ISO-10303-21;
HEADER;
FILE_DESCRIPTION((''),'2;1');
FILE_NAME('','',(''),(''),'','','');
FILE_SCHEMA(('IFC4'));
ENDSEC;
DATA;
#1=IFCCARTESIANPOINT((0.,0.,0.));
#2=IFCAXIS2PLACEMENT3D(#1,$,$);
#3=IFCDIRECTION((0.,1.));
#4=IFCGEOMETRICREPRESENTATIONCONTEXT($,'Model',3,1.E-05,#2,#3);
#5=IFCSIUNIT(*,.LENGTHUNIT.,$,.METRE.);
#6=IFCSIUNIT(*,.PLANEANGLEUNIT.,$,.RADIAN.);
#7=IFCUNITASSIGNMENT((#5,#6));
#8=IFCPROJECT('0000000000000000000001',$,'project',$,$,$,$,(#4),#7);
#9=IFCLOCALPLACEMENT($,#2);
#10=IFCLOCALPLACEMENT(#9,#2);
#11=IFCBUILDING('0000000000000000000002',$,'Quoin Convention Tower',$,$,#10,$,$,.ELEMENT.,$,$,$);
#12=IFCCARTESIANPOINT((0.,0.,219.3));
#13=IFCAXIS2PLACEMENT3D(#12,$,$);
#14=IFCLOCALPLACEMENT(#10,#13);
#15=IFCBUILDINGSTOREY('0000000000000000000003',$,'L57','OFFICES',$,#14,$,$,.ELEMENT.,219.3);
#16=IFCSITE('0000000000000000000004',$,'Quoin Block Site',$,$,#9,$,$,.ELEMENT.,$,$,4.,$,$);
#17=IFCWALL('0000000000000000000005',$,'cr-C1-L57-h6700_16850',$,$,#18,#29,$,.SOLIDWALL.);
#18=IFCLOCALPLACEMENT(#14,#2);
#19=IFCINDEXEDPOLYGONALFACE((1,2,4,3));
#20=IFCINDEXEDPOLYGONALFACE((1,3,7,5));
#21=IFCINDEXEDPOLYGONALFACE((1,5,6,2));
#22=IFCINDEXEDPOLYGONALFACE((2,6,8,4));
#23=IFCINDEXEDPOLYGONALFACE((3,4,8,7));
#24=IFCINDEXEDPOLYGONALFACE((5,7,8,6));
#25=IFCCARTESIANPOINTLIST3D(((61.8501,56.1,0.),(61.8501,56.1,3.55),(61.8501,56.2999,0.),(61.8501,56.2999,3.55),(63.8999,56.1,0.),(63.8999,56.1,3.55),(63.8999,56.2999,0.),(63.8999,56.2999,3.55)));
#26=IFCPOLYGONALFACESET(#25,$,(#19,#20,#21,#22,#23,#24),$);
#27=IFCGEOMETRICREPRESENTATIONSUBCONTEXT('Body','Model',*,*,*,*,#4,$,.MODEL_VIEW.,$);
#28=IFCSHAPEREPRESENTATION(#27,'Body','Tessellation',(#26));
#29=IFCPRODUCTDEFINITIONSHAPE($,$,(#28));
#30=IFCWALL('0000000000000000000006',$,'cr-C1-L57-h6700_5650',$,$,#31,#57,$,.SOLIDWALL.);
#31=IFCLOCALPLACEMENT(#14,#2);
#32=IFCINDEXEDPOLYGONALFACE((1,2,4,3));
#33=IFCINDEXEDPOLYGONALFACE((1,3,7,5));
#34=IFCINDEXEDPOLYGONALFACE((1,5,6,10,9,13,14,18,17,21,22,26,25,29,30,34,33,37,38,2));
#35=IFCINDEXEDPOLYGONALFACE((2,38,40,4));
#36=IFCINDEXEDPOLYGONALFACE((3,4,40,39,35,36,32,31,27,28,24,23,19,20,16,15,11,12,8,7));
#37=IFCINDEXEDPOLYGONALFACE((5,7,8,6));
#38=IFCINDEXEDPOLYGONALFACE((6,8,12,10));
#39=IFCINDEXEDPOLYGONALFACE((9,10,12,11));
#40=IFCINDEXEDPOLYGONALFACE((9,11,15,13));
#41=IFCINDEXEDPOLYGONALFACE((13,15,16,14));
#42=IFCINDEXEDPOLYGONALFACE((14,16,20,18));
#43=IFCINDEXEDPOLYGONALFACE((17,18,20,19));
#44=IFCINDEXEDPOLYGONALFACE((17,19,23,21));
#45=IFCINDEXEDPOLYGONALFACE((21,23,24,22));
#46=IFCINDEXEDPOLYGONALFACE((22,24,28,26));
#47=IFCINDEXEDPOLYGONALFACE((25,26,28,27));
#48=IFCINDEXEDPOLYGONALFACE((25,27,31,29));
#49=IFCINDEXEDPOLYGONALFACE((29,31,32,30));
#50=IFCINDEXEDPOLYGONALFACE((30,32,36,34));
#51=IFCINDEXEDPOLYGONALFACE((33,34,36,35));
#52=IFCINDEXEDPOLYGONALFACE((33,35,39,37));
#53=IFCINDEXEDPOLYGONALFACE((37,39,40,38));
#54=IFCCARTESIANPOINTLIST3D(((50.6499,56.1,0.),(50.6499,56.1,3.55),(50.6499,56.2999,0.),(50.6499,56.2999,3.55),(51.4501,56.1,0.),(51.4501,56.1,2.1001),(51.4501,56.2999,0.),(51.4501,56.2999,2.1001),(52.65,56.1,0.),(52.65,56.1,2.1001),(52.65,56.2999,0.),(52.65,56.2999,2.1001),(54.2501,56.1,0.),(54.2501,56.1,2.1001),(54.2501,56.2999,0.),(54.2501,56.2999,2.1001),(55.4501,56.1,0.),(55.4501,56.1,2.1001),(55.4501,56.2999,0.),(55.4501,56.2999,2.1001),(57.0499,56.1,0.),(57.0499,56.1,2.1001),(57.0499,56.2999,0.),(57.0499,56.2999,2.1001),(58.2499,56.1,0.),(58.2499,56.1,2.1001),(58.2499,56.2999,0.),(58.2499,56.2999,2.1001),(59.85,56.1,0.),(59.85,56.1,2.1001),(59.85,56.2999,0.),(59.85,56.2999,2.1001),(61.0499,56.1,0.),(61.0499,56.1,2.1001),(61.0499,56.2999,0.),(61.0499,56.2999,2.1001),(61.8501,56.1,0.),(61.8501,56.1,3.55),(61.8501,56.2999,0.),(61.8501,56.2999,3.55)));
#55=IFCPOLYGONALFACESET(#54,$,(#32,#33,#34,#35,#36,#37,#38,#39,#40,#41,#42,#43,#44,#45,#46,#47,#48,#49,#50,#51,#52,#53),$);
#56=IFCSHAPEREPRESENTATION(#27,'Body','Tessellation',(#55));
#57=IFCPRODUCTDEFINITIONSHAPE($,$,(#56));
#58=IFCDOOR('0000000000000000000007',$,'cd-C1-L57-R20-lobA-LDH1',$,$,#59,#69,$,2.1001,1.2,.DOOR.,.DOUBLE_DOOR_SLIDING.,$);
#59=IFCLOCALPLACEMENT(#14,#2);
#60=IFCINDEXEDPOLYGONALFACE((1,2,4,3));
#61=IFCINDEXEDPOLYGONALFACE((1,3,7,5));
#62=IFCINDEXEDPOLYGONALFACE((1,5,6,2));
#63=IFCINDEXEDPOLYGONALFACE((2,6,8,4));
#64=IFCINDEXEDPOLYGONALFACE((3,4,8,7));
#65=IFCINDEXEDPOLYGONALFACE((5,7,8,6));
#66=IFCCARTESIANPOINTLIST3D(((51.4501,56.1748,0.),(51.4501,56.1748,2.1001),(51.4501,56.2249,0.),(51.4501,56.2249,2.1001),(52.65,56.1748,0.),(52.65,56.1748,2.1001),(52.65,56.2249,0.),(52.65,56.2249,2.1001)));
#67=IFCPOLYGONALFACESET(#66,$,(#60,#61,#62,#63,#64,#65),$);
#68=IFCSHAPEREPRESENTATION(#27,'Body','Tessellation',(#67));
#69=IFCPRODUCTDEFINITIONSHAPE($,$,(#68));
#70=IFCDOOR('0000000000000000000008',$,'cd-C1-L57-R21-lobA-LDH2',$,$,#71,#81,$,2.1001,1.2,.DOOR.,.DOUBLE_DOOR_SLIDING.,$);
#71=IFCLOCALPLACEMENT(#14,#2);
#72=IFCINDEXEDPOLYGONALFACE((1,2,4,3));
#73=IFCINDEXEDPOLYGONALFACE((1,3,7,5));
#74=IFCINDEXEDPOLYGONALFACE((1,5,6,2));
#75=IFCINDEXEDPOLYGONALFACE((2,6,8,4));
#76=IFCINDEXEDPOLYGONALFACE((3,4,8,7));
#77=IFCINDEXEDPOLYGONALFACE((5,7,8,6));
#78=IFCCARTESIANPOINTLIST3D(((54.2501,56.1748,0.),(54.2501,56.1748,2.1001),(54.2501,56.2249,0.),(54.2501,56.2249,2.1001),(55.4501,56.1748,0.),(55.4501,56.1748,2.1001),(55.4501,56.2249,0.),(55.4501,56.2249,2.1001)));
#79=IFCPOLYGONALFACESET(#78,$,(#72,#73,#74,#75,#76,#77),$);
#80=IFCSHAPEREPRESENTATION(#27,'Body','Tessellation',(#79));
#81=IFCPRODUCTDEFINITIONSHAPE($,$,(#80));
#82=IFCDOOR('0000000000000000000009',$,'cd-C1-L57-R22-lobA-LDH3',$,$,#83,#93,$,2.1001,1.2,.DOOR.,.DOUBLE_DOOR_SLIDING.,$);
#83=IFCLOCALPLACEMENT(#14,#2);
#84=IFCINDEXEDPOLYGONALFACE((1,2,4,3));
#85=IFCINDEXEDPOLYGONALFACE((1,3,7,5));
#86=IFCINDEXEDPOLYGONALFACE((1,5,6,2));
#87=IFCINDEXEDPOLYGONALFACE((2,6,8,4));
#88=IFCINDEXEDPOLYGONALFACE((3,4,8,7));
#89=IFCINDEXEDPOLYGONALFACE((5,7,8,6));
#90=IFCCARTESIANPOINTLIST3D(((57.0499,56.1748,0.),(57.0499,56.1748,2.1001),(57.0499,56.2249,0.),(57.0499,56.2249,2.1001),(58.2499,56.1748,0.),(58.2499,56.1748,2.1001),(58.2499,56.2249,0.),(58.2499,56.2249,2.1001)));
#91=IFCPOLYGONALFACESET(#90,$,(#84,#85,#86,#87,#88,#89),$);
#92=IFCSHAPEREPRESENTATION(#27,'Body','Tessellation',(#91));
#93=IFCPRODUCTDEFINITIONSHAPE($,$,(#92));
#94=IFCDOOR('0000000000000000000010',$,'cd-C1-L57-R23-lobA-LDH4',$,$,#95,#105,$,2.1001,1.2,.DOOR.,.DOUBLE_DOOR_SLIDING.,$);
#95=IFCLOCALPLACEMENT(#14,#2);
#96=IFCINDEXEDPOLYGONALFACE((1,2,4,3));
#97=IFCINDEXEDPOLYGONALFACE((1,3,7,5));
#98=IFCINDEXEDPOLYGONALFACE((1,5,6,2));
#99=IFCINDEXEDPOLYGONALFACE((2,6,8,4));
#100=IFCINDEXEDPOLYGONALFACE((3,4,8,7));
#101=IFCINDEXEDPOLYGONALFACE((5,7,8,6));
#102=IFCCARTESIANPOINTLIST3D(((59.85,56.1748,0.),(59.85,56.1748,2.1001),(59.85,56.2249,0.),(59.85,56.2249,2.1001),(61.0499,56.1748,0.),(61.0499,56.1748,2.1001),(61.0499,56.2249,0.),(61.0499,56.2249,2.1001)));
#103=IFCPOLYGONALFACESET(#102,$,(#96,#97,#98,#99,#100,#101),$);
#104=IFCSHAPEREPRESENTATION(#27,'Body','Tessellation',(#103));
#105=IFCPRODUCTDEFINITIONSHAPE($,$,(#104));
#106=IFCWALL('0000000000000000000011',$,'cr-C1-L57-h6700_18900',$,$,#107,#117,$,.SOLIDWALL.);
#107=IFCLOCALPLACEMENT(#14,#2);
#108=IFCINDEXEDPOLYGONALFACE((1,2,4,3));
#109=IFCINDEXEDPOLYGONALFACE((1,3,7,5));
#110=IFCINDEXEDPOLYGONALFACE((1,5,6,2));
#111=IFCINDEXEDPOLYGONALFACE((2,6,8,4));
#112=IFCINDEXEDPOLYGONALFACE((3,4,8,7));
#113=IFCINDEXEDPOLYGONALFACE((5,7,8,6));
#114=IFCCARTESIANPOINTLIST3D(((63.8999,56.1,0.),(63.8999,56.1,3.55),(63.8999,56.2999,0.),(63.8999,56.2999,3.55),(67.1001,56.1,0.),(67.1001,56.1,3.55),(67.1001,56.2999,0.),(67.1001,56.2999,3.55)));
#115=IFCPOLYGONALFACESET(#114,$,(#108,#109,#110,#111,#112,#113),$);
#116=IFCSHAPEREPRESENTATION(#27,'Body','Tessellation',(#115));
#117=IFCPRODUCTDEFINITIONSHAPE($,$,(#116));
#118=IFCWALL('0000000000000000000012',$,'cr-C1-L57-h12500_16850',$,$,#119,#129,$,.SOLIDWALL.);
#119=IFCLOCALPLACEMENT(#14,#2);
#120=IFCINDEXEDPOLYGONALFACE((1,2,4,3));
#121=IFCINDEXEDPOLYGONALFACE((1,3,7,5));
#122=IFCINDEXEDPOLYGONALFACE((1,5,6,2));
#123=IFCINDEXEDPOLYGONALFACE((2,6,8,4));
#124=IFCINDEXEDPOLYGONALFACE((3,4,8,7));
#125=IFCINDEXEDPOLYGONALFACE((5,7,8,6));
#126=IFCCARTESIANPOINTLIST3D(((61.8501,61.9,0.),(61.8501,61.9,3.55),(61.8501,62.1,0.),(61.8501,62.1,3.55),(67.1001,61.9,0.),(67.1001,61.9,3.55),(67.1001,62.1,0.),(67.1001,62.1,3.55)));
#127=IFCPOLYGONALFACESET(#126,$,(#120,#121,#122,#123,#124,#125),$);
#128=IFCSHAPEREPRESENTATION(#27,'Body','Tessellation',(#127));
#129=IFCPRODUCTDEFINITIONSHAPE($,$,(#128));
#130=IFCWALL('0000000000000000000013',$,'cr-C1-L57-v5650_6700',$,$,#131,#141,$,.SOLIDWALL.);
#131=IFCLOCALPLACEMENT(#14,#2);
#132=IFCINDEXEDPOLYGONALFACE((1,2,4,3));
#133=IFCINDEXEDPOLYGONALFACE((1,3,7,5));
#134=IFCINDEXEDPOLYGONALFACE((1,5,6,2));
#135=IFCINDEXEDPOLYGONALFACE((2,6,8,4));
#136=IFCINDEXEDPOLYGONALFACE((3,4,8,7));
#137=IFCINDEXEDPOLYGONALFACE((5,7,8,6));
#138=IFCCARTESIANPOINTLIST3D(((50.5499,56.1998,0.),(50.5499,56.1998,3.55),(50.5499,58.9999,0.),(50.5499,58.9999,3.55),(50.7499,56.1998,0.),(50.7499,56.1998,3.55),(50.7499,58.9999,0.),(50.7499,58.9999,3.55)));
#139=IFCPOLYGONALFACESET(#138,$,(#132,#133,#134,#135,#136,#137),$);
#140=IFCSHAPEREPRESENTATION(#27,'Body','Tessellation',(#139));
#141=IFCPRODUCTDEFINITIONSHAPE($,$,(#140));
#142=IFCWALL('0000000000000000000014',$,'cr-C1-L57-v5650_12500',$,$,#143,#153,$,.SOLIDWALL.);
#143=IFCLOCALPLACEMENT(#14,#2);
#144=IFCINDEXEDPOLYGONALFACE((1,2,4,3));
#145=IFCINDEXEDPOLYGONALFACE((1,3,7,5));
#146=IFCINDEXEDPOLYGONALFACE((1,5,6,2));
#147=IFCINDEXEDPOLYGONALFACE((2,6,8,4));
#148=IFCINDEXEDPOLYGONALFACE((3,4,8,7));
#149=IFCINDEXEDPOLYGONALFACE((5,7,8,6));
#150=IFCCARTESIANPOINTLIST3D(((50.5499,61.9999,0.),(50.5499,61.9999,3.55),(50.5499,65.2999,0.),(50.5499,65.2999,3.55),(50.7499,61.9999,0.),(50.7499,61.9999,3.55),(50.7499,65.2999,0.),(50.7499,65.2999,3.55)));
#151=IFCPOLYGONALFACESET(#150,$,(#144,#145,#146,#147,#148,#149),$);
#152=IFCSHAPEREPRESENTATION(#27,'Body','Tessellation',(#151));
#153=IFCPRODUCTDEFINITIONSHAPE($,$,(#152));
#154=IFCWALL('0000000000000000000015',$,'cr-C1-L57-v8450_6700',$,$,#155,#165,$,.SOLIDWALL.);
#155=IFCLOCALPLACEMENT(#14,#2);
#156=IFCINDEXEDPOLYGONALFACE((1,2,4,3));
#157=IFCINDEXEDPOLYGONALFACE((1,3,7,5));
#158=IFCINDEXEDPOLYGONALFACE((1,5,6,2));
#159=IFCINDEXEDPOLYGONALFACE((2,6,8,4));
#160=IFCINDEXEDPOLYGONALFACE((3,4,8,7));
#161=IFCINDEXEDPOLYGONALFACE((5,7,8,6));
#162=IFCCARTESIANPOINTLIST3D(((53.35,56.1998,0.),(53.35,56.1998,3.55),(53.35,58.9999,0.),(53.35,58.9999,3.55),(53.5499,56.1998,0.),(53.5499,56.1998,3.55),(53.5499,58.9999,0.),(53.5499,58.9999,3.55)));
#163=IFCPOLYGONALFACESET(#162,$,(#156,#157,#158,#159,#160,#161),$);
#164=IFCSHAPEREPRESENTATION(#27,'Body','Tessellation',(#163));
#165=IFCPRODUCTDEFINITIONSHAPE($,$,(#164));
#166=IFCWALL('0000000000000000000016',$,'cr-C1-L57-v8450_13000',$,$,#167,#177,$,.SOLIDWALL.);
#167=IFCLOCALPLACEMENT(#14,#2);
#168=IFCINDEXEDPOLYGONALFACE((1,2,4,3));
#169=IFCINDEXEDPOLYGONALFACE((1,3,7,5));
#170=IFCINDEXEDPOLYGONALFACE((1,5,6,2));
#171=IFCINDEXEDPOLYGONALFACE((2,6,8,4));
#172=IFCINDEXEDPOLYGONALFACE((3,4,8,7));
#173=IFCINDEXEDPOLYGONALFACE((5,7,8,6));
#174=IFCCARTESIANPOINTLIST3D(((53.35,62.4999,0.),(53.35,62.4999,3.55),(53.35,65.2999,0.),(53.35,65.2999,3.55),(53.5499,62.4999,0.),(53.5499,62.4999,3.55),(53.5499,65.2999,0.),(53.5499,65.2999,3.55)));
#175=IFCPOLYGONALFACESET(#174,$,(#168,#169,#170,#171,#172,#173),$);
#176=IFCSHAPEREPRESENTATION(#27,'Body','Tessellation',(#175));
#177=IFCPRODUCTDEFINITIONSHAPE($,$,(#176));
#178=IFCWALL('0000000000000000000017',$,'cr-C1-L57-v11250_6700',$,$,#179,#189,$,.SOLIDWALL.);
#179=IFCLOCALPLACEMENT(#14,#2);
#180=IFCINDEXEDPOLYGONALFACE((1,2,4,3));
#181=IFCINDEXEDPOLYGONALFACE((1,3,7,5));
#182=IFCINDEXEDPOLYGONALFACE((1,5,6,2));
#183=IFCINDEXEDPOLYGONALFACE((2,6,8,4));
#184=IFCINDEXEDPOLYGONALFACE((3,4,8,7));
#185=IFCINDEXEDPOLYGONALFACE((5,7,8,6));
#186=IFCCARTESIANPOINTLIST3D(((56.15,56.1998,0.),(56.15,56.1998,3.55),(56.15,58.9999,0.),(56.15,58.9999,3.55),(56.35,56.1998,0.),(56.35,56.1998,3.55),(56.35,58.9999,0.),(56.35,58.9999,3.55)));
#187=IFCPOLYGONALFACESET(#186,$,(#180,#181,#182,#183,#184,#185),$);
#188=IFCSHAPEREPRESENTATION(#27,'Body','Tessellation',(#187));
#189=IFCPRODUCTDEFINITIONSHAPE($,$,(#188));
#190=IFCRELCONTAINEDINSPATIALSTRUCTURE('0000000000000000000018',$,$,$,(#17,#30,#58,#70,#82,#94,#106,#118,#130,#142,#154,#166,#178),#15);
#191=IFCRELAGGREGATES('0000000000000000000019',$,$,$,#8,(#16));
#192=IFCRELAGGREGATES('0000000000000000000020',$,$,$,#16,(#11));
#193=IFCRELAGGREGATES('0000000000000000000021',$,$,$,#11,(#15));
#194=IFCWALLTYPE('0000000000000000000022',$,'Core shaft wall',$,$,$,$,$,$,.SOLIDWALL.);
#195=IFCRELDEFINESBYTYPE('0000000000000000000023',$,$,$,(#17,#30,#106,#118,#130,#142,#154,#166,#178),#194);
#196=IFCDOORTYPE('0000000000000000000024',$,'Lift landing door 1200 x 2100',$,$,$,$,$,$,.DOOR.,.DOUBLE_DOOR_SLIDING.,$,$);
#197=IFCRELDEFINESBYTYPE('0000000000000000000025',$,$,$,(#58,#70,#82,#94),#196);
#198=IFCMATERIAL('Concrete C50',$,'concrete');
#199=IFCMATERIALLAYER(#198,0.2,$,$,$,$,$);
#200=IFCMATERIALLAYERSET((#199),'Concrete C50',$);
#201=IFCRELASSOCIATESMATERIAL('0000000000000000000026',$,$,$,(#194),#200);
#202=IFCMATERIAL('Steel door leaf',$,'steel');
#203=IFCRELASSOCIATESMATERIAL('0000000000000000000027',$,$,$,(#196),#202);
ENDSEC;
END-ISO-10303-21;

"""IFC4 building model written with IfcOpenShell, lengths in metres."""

from ifc_helpers import new_model, si_unit, direction, frame, frame_2d, origin, place, context, subcontext, project, spatial, rectangle, extrude, material, layer, layer_set, type_object, element, fill, save


model = new_model("IFC4")

# Units and contexts
model_context = context("Model", 3, precision=1e-05, world=origin(), true_north=direction((0.0, 1.0)))
body_context = subcontext(model_context, "Body", "Model", "MODEL_VIEW")
ifc_project = project(units=[si_unit("LENGTHUNIT", "METRE"), si_unit("PLANEANGLEUNIT", "RADIAN")], contexts=[model_context])

# Site, building, storey
site_placement = place(None, origin())
site = spatial("IfcSite", under=ifc_project, at=site_placement, Name="Quoin Block Site", CompositionType="ELEMENT", RefElevation=4.0)
building_placement = place(site_placement, origin())
building = spatial("IfcBuilding", under=site, at=building_placement, Name="Quoin Convention Tower", CompositionType="ELEMENT")
storey_placement = place(building_placement, frame((0.0, 0.0, 219.3)))
storey = spatial("IfcBuildingStorey", under=building, at=storey_placement, Name="L57", Description="OFFICES", CompositionType="ELEMENT", Elevation=219.3)

# Wall
ifc_material_1 = material(Name="Concrete C50", Category="concrete")
ifc_layer_1 = layer(ifc_material_1, 0.2)
ifc_layer_set_1 = layer_set([ifc_layer_1], Name="Concrete C50")
wall_type_1 = type_object("IfcWallType", Name="Core shaft wall", PredefinedType="SOLIDWALL", material=ifc_layer_set_1)
wall_1_placement = place(storey_placement, frame((61.8501, 56.2, 0.0), z_axis=(0.0, 0.0, 1.0), x_axis=(1.0, 0.0, 0.0)))
element("IfcWall", 1, at=wall_1_placement, inside=storey, type_object=wall_type_1, Name="cr-C1-L57-h6700_16850", PredefinedType="SOLIDWALL", context=body_context, shape_type="SweptSolid", body=[
    extrude(rectangle(XDim=2.0498, YDim=0.2, at=frame_2d((1.0249, 0.0))), origin(), (0.0, 0.0, 1.0), 3.55),
])

# Wall, openings, doors
wall_2_placement = place(storey_placement, frame((50.6499, 56.2, 0.0), z_axis=(0.0, 0.0, 1.0), x_axis=(1.0, 0.0, 0.0)))
wall_2 = element("IfcWall", 2, at=wall_2_placement, inside=storey, type_object=wall_type_1, Name="cr-C1-L57-h6700_5650", PredefinedType="SOLIDWALL", context=body_context, shape_type="SweptSolid", body=[
    extrude(rectangle(XDim=11.2002, YDim=0.2, at=frame_2d((5.6001, 0.0))), origin(), (0.0, 0.0, 1.0), 3.55),
])
opening_1_placement = place(wall_2_placement, frame((0.8, 0.0, 0.0)))
opening_1 = element("IfcOpeningElement", 3, at=opening_1_placement, cuts=wall_2, PredefinedType="OPENING", context=body_context, shape_type="SweptSolid", body=[
    extrude(rectangle(XDim=1.2, YDim=2.1001, at=frame_2d((0.6001, 1.05))), frame((0.0, 0.1099, 0.0), z_axis=(0.0, -1.0, 0.0), x_axis=(1.0, 0.0, 0.0)), (0.0, 0.0, 1.0), 0.22),
])
opening_2_placement = place(wall_2_placement, frame((3.6001, 0.0, 0.0)))
opening_2 = element("IfcOpeningElement", 4, at=opening_2_placement, cuts=wall_2, PredefinedType="OPENING", context=body_context, shape_type="SweptSolid", body=[
    extrude(rectangle(XDim=1.2, YDim=2.1001, at=frame_2d((0.6001, 1.05))), frame((0.0, 0.1099, 0.0), z_axis=(0.0, -1.0, 0.0), x_axis=(1.0, 0.0, 0.0)), (0.0, 0.0, 1.0), 0.22),
])
opening_3_placement = place(wall_2_placement, frame((6.3999, 0.0, 0.0)))
opening_3 = element("IfcOpeningElement", 5, at=opening_3_placement, cuts=wall_2, PredefinedType="OPENING", context=body_context, shape_type="SweptSolid", body=[
    extrude(rectangle(XDim=1.2, YDim=2.1001, at=frame_2d((0.6001, 1.05))), frame((0.0, 0.1099, 0.0), z_axis=(0.0, -1.0, 0.0), x_axis=(1.0, 0.0, 0.0)), (0.0, 0.0, 1.0), 0.22),
])
opening_4_placement = place(wall_2_placement, frame((9.2, 0.0, 0.0)))
opening_4 = element("IfcOpeningElement", 6, at=opening_4_placement, cuts=wall_2, PredefinedType="OPENING", context=body_context, shape_type="SweptSolid", body=[
    extrude(rectangle(XDim=1.2, YDim=2.1001, at=frame_2d((0.6001, 1.05))), frame((0.0, 0.1099, 0.0), z_axis=(0.0, -1.0, 0.0), x_axis=(1.0, 0.0, 0.0)), (0.0, 0.0, 1.0), 0.22),
])
ifc_material_2 = material(Name="Steel door leaf", Category="steel")
door_type_1 = type_object("IfcDoorType", Name="Lift landing door 1200 x 2100", OperationType="DOUBLE_DOOR_SLIDING", PredefinedType="DOOR", material=ifc_material_2)
door_1_placement = place(opening_1_placement, origin())
door_1 = element("IfcDoor", 7, at=door_1_placement, inside=storey, type_object=door_type_1, Name="cd-C1-L57-R20-lobA-LDH1", OperationType="DOUBLE_DOOR_SLIDING", OverallHeight=2.1001, OverallWidth=1.2, PredefinedType="DOOR", context=body_context, shape_type="SweptSolid", body=[
    extrude(rectangle(XDim=1.2, YDim=2.1001, at=frame_2d((0.6001, 1.05))), frame((0.0, 0.0249, 0.0), z_axis=(0.0, -1.0, 0.0), x_axis=(1.0, 0.0, 0.0)), (0.0, 0.0, 1.0), 0.05),
])
fill(opening_1, door_1)
door_2_placement = place(opening_2_placement, origin())
door_2 = element("IfcDoor", 8, at=door_2_placement, inside=storey, type_object=door_type_1, Name="cd-C1-L57-R21-lobA-LDH2", OperationType="DOUBLE_DOOR_SLIDING", OverallHeight=2.1001, OverallWidth=1.2, PredefinedType="DOOR", context=body_context, shape_type="SweptSolid", body=[
    extrude(rectangle(XDim=1.2, YDim=2.1001, at=frame_2d((0.6001, 1.05))), frame((0.0, 0.0249, 0.0), z_axis=(0.0, -1.0, 0.0), x_axis=(1.0, 0.0, 0.0)), (0.0, 0.0, 1.0), 0.05),
])
fill(opening_2, door_2)
door_3_placement = place(opening_3_placement, origin())
door_3 = element("IfcDoor", 9, at=door_3_placement, inside=storey, type_object=door_type_1, Name="cd-C1-L57-R22-lobA-LDH3", OperationType="DOUBLE_DOOR_SLIDING", OverallHeight=2.1001, OverallWidth=1.2, PredefinedType="DOOR", context=body_context, shape_type="SweptSolid", body=[
    extrude(rectangle(XDim=1.2, YDim=2.1001, at=frame_2d((0.6001, 1.05))), frame((0.0, 0.0249, 0.0), z_axis=(0.0, -1.0, 0.0), x_axis=(1.0, 0.0, 0.0)), (0.0, 0.0, 1.0), 0.05),
])
fill(opening_3, door_3)
door_4_placement = place(opening_4_placement, origin())
door_4 = element("IfcDoor", 10, at=door_4_placement, inside=storey, type_object=door_type_1, Name="cd-C1-L57-R23-lobA-LDH4", OperationType="DOUBLE_DOOR_SLIDING", OverallHeight=2.1001, OverallWidth=1.2, PredefinedType="DOOR", context=body_context, shape_type="SweptSolid", body=[
    extrude(rectangle(XDim=1.2, YDim=2.1001, at=frame_2d((0.6001, 1.05))), frame((0.0, 0.0249, 0.0), z_axis=(0.0, -1.0, 0.0), x_axis=(1.0, 0.0, 0.0)), (0.0, 0.0, 1.0), 0.05),
])
fill(opening_4, door_4)

# Walls
wall_3_placement = place(storey_placement, frame((63.8999, 56.2, 0.0), z_axis=(0.0, 0.0, 1.0), x_axis=(1.0, 0.0, 0.0)))
element("IfcWall", 11, at=wall_3_placement, inside=storey, type_object=wall_type_1, Name="cr-C1-L57-h6700_18900", PredefinedType="SOLIDWALL", context=body_context, shape_type="SweptSolid", body=[
    extrude(rectangle(XDim=3.2002, YDim=0.2, at=frame_2d((1.6001, 0.0))), origin(), (0.0, 0.0, 1.0), 3.55),
])
wall_4_placement = place(storey_placement, frame((61.8501, 62.0, 0.0), z_axis=(0.0, 0.0, 1.0), x_axis=(1.0, 0.0, 0.0)))
element("IfcWall", 12, at=wall_4_placement, inside=storey, type_object=wall_type_1, Name="cr-C1-L57-h12500_16850", PredefinedType="SOLIDWALL", context=body_context, shape_type="SweptSolid", body=[
    extrude(rectangle(XDim=5.25, YDim=0.2, at=frame_2d((2.625, 0.0))), origin(), (0.0, 0.0, 1.0), 3.55),
])
wall_5_placement = place(storey_placement, frame((50.6499, 56.2, 0.0), z_axis=(0.0, 0.0, 1.0), x_axis=(0.0, 1.0, 0.0)))
element("IfcWall", 13, at=wall_5_placement, inside=storey, type_object=wall_type_1, Name="cr-C1-L57-v5650_6700", PredefinedType="SOLIDWALL", context=body_context, shape_type="SweptSolid", body=[
    extrude(rectangle(XDim=2.8, YDim=0.2, at=frame_2d((1.3999, 0.0))), origin(), (0.0, 0.0, 1.0), 3.55),
])
wall_6_placement = place(storey_placement, frame((50.6499, 62.0, 0.0), z_axis=(0.0, 0.0, 1.0), x_axis=(0.0, 1.0, 0.0)))
element("IfcWall", 14, at=wall_6_placement, inside=storey, type_object=wall_type_1, Name="cr-C1-L57-v5650_12500", PredefinedType="SOLIDWALL", context=body_context, shape_type="SweptSolid", body=[
    extrude(rectangle(XDim=3.3, YDim=0.2, at=frame_2d((1.6499, 0.0))), origin(), (0.0, 0.0, 1.0), 3.55),
])
for number, where, z_axis, x_axis, name in (
    (15, (53.45, 56.2, 0.0), (0.0, 0.0, 1.0), (0.0, 1.0, 0.0), "cr-C1-L57-v8450_6700"),
    (16, (53.45, 62.5, 0.0), (0.0, 0.0, 1.0), (0.0, 1.0, 0.0), "cr-C1-L57-v8450_13000"),
    (17, (56.25, 56.2, 0.0), (0.0, 0.0, 1.0), (0.0, 1.0, 0.0), "cr-C1-L57-v11250_6700"),
):
    element("IfcWall", number, at=place(storey_placement, frame(where, z_axis=z_axis, x_axis=x_axis)), inside=storey, type_object=wall_type_1, Name=name, PredefinedType="SOLIDWALL", context=body_context, shape_type="SweptSolid", body=[
        extrude(rectangle(XDim=2.8, YDim=0.2, at=frame_2d((1.3999, 0.0))), origin(), (0.0, 0.0, 1.0), 3.55),
    ])

save(model, "model.ifc")
